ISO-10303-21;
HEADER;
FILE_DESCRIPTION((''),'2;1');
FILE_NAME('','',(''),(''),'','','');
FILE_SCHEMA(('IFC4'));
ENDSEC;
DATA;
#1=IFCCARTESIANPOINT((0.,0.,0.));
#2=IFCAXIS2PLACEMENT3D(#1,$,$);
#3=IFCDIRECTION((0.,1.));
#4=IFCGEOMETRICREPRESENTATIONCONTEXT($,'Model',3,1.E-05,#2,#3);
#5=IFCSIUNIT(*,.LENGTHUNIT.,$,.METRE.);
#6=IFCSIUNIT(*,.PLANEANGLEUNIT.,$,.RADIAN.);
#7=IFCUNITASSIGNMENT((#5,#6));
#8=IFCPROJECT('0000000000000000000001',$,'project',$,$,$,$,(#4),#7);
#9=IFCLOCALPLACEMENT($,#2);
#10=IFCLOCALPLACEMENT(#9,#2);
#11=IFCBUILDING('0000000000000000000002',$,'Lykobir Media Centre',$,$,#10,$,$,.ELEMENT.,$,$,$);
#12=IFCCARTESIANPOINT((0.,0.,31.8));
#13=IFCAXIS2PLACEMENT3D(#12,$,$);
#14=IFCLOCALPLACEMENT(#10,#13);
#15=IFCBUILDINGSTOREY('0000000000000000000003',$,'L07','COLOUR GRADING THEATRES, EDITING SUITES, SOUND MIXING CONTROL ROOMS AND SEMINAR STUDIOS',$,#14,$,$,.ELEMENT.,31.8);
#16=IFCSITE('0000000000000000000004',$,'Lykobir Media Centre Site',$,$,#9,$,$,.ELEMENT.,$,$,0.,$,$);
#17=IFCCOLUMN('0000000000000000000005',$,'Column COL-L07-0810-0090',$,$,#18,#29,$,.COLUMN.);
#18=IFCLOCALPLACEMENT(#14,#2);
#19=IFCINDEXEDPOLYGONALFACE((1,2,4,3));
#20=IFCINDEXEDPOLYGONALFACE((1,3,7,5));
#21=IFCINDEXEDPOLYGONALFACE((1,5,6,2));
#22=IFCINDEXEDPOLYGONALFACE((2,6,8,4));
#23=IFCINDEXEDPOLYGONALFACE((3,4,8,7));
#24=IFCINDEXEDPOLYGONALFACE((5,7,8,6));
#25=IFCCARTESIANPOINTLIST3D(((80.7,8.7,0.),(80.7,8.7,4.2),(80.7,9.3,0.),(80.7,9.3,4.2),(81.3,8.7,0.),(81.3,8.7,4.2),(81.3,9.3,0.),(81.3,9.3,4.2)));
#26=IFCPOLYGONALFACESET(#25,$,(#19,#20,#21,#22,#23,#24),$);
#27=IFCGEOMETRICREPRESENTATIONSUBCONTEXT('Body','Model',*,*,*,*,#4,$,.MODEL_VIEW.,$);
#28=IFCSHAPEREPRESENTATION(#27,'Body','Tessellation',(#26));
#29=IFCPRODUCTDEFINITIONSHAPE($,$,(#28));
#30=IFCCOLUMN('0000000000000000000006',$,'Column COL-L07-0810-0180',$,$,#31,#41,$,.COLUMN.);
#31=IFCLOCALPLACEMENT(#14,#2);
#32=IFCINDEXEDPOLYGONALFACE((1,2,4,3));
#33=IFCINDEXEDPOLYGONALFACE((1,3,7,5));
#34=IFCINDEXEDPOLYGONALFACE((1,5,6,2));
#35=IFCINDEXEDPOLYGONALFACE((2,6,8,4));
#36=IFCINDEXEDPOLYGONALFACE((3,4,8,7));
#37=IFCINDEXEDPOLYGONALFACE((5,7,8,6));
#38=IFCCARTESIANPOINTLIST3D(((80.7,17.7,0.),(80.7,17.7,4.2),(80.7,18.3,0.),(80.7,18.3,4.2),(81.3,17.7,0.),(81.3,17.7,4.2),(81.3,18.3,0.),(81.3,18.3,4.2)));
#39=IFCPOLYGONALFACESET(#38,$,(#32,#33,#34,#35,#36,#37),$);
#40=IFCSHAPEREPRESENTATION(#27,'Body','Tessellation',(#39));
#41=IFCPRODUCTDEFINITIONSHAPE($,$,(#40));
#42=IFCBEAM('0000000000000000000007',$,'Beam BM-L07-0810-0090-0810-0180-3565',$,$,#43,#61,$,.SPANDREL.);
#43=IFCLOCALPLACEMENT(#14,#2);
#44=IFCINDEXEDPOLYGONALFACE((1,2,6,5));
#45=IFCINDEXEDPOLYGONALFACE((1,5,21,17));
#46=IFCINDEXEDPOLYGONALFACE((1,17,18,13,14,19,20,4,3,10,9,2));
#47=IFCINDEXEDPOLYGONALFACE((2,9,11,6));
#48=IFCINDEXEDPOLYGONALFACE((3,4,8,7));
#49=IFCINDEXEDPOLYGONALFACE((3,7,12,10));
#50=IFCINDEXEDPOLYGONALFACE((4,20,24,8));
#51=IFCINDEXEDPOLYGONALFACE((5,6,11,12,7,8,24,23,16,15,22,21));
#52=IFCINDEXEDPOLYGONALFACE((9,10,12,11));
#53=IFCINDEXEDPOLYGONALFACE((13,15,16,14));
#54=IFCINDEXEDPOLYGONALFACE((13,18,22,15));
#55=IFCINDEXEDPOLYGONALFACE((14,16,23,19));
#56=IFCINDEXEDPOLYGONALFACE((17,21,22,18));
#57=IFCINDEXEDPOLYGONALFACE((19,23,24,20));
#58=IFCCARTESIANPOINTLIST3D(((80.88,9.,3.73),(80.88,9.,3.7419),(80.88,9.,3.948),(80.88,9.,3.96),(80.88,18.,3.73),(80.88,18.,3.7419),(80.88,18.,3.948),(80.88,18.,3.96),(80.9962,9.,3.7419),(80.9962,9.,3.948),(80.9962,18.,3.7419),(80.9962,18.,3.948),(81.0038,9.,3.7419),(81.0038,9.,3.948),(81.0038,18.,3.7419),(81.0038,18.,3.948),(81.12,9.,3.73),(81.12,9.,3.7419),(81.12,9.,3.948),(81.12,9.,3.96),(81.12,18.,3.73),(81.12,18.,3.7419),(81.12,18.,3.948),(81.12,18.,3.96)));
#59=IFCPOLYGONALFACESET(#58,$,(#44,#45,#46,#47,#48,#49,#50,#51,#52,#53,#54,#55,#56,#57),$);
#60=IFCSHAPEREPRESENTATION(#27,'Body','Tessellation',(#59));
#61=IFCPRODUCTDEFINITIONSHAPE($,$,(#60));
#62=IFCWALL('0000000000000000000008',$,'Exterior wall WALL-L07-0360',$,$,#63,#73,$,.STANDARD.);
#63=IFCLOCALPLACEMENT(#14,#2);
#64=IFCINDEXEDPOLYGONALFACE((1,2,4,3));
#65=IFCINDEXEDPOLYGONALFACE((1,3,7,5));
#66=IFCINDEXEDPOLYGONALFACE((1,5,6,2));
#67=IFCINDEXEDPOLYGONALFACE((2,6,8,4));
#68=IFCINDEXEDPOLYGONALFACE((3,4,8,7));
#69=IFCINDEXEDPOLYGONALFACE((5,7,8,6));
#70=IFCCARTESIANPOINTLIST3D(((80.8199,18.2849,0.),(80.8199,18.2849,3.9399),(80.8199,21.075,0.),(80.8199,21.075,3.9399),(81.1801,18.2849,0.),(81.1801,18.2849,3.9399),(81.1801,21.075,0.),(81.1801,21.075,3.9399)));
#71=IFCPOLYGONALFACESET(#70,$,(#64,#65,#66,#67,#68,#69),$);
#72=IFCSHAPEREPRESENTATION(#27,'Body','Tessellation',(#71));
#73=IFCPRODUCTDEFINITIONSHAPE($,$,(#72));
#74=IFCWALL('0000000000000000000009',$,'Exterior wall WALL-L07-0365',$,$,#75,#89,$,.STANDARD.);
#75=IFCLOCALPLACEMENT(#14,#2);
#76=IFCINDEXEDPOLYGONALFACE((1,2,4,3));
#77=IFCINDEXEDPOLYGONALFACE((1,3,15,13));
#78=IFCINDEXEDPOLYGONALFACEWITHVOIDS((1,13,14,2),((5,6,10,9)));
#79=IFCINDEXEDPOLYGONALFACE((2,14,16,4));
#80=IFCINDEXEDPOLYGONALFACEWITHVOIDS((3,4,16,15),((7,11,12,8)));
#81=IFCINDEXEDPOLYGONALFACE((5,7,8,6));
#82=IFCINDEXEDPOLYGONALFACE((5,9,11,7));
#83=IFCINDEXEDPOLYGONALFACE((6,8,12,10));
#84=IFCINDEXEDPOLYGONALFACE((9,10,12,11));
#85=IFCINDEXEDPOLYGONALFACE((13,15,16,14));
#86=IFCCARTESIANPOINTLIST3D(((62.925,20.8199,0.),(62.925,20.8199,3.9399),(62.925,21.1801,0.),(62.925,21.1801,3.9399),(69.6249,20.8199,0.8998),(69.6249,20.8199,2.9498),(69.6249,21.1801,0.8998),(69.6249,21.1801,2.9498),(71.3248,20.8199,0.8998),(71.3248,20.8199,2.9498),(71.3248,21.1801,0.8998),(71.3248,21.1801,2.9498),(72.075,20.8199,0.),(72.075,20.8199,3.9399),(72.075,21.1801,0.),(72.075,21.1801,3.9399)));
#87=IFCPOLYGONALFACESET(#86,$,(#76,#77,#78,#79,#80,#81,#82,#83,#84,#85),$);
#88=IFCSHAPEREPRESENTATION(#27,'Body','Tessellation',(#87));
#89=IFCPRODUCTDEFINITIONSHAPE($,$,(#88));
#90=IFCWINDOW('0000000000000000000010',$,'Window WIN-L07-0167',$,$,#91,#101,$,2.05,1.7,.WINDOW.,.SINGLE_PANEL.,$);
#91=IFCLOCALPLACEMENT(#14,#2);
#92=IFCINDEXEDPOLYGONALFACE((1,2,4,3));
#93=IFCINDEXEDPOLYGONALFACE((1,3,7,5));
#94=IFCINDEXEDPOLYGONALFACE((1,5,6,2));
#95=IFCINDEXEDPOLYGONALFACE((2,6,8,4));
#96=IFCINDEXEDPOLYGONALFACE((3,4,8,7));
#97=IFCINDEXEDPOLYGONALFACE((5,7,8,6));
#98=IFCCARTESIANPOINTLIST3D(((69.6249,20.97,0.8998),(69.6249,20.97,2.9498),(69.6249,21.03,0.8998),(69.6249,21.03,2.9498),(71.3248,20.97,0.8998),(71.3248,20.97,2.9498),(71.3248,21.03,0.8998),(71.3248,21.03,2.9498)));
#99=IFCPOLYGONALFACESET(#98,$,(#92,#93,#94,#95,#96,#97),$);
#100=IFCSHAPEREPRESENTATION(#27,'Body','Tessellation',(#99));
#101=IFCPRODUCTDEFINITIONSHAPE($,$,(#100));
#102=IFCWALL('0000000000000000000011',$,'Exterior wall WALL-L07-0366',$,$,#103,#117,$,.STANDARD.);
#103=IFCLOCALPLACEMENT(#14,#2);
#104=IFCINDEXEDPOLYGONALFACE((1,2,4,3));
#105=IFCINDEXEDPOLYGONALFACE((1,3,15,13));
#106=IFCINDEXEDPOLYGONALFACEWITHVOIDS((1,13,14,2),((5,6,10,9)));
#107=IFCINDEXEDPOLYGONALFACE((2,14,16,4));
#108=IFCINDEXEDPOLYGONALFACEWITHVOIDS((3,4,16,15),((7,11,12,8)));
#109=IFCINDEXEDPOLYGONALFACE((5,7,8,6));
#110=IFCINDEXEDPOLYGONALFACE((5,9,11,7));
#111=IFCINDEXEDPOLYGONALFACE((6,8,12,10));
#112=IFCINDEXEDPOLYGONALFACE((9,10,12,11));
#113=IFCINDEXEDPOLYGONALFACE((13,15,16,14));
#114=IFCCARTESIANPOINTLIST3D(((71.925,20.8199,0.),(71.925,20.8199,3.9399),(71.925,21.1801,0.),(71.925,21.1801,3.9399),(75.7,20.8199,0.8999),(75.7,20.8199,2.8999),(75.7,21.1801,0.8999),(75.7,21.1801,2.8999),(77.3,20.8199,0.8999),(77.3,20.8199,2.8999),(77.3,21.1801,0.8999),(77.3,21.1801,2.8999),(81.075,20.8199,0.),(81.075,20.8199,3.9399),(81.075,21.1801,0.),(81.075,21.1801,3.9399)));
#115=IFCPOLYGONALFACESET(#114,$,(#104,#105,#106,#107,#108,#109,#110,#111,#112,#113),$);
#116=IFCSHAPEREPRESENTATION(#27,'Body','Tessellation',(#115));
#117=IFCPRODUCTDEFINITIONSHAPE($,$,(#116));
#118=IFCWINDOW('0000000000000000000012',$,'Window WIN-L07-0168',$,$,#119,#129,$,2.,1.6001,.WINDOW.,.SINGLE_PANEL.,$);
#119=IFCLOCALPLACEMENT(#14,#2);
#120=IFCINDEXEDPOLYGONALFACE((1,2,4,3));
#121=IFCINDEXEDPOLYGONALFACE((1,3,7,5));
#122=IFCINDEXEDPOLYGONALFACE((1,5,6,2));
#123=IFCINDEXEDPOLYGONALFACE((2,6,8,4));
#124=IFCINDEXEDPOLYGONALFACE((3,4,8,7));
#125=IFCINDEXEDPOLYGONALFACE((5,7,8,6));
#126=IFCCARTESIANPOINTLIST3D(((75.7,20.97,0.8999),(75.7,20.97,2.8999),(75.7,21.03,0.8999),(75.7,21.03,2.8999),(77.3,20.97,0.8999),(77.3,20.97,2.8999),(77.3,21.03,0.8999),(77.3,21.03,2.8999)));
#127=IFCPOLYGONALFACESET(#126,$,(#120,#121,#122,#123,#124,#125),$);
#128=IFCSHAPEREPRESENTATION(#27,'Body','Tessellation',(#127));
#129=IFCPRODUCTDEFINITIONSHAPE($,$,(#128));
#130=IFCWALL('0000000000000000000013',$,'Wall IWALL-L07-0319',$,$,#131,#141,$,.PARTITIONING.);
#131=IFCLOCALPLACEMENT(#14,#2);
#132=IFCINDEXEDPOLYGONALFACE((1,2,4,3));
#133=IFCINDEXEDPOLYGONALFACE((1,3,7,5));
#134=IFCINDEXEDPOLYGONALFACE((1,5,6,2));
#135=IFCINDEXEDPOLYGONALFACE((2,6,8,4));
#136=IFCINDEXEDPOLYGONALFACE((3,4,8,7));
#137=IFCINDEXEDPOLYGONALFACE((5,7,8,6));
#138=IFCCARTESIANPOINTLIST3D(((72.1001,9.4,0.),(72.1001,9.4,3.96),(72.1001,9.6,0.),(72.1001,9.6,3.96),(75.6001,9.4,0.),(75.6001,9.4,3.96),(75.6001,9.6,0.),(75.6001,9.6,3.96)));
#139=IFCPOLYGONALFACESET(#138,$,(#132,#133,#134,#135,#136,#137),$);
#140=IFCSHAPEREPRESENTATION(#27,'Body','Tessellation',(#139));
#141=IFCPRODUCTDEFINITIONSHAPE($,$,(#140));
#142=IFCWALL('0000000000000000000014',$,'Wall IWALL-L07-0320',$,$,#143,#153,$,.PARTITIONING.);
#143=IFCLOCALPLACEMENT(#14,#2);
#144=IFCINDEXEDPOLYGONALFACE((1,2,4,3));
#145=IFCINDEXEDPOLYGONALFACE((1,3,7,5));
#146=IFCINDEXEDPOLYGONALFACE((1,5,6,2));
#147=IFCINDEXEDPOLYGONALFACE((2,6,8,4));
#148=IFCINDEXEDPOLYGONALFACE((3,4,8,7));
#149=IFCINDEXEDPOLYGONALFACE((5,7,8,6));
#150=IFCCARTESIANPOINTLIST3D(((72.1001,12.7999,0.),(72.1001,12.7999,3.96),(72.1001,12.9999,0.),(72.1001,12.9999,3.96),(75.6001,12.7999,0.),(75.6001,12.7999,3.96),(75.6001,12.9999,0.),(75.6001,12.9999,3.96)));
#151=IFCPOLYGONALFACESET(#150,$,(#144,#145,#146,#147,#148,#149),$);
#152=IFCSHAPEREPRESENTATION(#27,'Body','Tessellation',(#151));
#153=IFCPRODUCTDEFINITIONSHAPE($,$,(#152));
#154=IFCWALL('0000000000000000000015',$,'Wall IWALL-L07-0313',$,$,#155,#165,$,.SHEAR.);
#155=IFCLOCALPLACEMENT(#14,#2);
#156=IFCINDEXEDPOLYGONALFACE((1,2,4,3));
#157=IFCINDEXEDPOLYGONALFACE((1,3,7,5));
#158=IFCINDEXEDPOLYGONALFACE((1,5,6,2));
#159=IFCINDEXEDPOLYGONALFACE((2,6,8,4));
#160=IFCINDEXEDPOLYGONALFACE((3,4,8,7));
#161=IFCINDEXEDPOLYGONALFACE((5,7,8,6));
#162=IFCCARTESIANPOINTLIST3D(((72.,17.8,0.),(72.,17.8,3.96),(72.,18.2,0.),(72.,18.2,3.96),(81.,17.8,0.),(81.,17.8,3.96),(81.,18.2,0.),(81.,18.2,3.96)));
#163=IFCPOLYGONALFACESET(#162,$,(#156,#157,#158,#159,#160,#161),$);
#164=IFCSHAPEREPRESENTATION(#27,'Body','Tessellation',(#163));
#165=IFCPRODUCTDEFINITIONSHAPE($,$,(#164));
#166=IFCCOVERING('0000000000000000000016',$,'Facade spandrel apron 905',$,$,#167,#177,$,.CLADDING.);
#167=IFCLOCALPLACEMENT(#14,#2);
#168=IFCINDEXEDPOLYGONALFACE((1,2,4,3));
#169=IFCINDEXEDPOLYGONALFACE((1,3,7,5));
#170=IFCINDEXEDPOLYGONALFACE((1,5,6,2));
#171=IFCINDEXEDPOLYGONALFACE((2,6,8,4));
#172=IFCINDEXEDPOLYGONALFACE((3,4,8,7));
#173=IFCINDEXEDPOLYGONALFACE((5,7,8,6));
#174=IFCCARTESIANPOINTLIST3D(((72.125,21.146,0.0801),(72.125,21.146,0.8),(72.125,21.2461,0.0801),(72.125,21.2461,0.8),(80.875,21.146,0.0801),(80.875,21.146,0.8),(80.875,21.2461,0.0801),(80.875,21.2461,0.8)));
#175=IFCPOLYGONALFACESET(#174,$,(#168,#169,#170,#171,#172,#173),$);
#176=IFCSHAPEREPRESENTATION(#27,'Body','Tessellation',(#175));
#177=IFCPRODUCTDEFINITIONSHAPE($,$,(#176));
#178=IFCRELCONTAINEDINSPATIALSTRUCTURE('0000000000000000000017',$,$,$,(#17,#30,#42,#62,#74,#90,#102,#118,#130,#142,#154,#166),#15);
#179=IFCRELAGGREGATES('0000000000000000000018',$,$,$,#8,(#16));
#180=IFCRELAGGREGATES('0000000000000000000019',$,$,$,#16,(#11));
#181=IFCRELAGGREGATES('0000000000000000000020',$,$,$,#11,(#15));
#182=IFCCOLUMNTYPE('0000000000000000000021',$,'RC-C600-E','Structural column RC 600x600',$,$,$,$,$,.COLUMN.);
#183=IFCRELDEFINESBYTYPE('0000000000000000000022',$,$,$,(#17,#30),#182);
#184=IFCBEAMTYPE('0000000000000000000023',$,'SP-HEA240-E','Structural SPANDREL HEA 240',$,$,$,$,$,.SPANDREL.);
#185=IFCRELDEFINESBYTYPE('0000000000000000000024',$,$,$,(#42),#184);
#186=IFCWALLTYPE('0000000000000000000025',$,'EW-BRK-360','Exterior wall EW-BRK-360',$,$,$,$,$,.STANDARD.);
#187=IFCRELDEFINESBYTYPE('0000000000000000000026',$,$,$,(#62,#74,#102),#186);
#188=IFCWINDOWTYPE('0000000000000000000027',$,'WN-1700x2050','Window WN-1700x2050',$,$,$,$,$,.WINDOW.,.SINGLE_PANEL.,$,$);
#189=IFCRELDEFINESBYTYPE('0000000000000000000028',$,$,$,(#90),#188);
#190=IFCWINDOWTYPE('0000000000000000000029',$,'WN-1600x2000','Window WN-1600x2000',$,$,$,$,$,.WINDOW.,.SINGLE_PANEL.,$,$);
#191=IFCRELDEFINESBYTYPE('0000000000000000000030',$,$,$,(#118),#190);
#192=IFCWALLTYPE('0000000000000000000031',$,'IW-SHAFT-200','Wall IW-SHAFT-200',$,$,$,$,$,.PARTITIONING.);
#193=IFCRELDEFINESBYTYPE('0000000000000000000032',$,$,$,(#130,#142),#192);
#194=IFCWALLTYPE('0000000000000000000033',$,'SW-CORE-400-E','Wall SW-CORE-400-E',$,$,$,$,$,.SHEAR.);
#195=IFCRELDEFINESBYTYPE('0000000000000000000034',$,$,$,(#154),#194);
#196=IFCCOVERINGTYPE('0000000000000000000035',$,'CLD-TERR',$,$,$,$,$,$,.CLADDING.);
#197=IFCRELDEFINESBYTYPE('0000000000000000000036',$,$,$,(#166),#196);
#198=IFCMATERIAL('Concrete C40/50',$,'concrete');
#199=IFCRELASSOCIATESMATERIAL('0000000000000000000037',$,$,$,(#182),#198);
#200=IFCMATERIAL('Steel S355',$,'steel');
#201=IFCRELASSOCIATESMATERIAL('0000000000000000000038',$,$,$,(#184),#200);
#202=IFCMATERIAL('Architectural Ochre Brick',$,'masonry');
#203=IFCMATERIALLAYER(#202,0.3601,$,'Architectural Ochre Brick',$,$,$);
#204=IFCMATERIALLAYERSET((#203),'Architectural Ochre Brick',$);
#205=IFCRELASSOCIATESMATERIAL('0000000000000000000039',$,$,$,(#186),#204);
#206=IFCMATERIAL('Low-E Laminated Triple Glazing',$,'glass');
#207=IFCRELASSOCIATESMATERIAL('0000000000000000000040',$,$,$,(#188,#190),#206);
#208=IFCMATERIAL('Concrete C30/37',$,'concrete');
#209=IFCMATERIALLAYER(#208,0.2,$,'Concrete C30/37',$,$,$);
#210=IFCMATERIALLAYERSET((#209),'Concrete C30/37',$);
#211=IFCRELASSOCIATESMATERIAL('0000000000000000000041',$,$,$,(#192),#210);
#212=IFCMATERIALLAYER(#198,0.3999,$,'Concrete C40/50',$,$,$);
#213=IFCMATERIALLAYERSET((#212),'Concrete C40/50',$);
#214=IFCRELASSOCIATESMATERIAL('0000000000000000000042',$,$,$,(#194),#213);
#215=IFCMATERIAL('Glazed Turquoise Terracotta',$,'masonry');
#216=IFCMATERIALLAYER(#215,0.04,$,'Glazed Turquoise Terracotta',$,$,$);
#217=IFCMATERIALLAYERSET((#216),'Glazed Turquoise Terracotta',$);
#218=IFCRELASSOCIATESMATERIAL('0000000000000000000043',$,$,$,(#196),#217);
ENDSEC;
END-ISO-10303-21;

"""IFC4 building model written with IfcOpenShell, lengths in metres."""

from ifc_helpers import new_model, si_unit, direction, frame, frame_2d, origin, origin_2d, place, context, subcontext, project, spatial, rectangle, i_section, extrude, material, layer, layer_set, material_profile, profile_set, type_object, element, fill, save


model = new_model("IFC4")

# Units and contexts
model_context = context("Model", 3, precision=1e-05, world=origin(), true_north=direction((0.0, 1.0)))
body_context = subcontext(model_context, "Body", "Model", "MODEL_VIEW")
ifc_project = project(units=[si_unit("LENGTHUNIT", "METRE"), si_unit("PLANEANGLEUNIT", "RADIAN")], contexts=[model_context])

# Site, building, storey
site_placement = place(None, origin())
site = spatial("IfcSite", under=ifc_project, at=site_placement, Name="Lykobir Media Centre Site", CompositionType="ELEMENT", RefElevation=0.0)
building_placement = place(site_placement, origin())
building = spatial("IfcBuilding", under=site, at=building_placement, Name="Lykobir Media Centre", CompositionType="ELEMENT")
storey_placement = place(building_placement, frame((0.0, 0.0, 31.8)))
storey = spatial("IfcBuildingStorey", under=building, at=storey_placement, Name="L07", Description="COLOUR GRADING THEATRES, EDITING SUITES, SOUND MIXING CONTROL ROOMS AND SEMINAR STUDIOS", CompositionType="ELEMENT", Elevation=31.8)

# Columns
ifc_material_1 = material(Name="Concrete C40/50", Category="concrete")
ifc_material_profile_1 = material_profile(ifc_material_1, rectangle(XDim=0.6001, YDim=0.6001, at=origin_2d()), Name="RC 600x600")
ifc_profile_set_1 = profile_set([ifc_material_profile_1], Name="Concrete C40/50")
column_type = type_object("IfcColumnType", Name="RC-C600-E", Description="Structural column RC 600x600", PredefinedType="COLUMN", material=ifc_profile_set_1)
for number, where, z_axis, x_axis, name in (
    (1, (81.0, 9.0, 0.0), (0.0, 0.0, 1.0), (1.0, 0.0, 0.0), "Column COL-L07-0810-0090"),
    (2, (81.0, 18.0, 0.0), (0.0, 0.0, 1.0), (1.0, 0.0, 0.0), "Column COL-L07-0810-0180"),
):
    element("IfcColumn", number, at=place(storey_placement, frame(where, z_axis=z_axis, x_axis=x_axis)), inside=storey, type_object=column_type, Name=name, PredefinedType="COLUMN", context=body_context, shape_type="SweptSolid", body=[
        extrude(rectangle(XDim=0.6001, YDim=0.6001, at=origin_2d()), origin(), (0.0, 0.0, 1.0), 4.2),
    ])

# Beam
ifc_material_2 = material(Name="Steel S355", Category="steel")
ifc_material_profile_2 = material_profile(ifc_material_2, i_section(OverallWidth=0.24, OverallDepth=0.23, WebThickness=0.0076, FlangeThickness=0.012, at=origin_2d()), Name="HEA 240")
ifc_profile_set_2 = profile_set([ifc_material_profile_2], Name="Steel S355")
beam_type = type_object("IfcBeamType", Name="SP-HEA240-E", Description="Structural SPANDREL HEA 240", PredefinedType="SPANDREL", material=ifc_profile_set_2)
beam_placement = place(storey_placement, frame((81.0, 9.0, 3.845), z_axis=(0.0, 1.0, 0.0), x_axis=(-1.0, 0.0, 0.0)))
element("IfcBeam", 3, at=beam_placement, inside=storey, type_object=beam_type, Name="Beam BM-L07-0810-0090-0810-0180-3565", PredefinedType="SPANDREL", context=body_context, shape_type="SweptSolid", body=[
    extrude(i_section(OverallWidth=0.24, OverallDepth=0.23, WebThickness=0.0076, FlangeThickness=0.012, at=origin_2d()), origin(), (0.0, 0.0, 1.0), 9.0),
])

# Wall
ifc_material_3 = material(Name="Architectural Ochre Brick", Category="masonry")
ifc_layer_1 = layer(ifc_material_3, 0.3601, Name="Architectural Ochre Brick")
ifc_layer_set_1 = layer_set([ifc_layer_1], Name="Architectural Ochre Brick")
wall_type_1 = type_object("IfcWallType", Name="EW-BRK-360", Description="Exterior wall EW-BRK-360", PredefinedType="STANDARD", material=ifc_layer_set_1)
wall_1_placement = place(storey_placement, frame((81.0, 18.2849, 0.0), z_axis=(0.0, 0.0, 1.0), x_axis=(0.0, 1.0, 0.0)))
element("IfcWall", 4, at=wall_1_placement, inside=storey, type_object=wall_type_1, Name="Exterior wall WALL-L07-0360", PredefinedType="STANDARD", context=body_context, shape_type="SweptSolid", body=[
    extrude(rectangle(XDim=2.79, YDim=0.3601, at=frame_2d((1.395, 0.0))), origin(), (0.0, 0.0, 1.0), 3.9399),
])

# Walls, openings, windows
wall_2_placement = place(storey_placement, frame((72.075, 21.0, 0.0), z_axis=(0.0, 0.0, 1.0), x_axis=(-1.0, 0.0, 0.0)))
wall_2 = element("IfcWall", 5, at=wall_2_placement, inside=storey, type_object=wall_type_1, Name="Exterior wall WALL-L07-0365", PredefinedType="STANDARD", context=body_context, shape_type="SweptSolid", body=[
    extrude(rectangle(XDim=9.1499, YDim=0.3601, at=frame_2d((4.575, 0.0))), origin(), (0.0, 0.0, 1.0), 3.9399),
])
opening_1_placement = place(wall_2_placement, frame((0.75, 0.0, 0.8999)))
opening_1 = element("IfcOpeningElement", 6, at=opening_1_placement, cuts=wall_2, PredefinedType="OPENING", context=body_context, shape_type="SweptSolid", body=[
    extrude(rectangle(XDim=1.7, YDim=2.05, at=frame_2d((0.8501, 1.0249))), frame((0.0, 0.1899, 0.0), z_axis=(0.0, -1.0, 0.0), x_axis=(1.0, 0.0, 0.0)), (0.0, 0.0, 1.0), 0.3801),
])
ifc_material_4 = material(Name="Low-E Laminated Triple Glazing", Category="glass")
window_type_1 = type_object("IfcWindowType", Name="WN-1700x2050", Description="Window WN-1700x2050", PartitioningType="SINGLE_PANEL", PredefinedType="WINDOW", material=ifc_material_4)
window_1_placement = place(opening_1_placement, origin())
window_1 = element("IfcWindow", 7, at=window_1_placement, inside=storey, type_object=window_type_1, Name="Window WIN-L07-0167", OverallHeight=2.05, OverallWidth=1.7, PartitioningType="SINGLE_PANEL", PredefinedType="WINDOW", context=body_context, shape_type="SweptSolid", body=[
    extrude(rectangle(XDim=1.7, YDim=2.05, at=frame_2d((0.8501, 1.0249))), frame((0.0, 0.03, 0.0), z_axis=(0.0, -1.0, 0.0), x_axis=(1.0, 0.0, 0.0)), (0.0, 0.0, 1.0), 0.0601),
])
fill(opening_1, window_1)
wall_3_placement = place(storey_placement, frame((81.075, 21.0, 0.0), z_axis=(0.0, 0.0, 1.0), x_axis=(-1.0, 0.0, 0.0)))
wall_3 = element("IfcWall", 8, at=wall_3_placement, inside=storey, type_object=wall_type_1, Name="Exterior wall WALL-L07-0366", PredefinedType="STANDARD", context=body_context, shape_type="SweptSolid", body=[
    extrude(rectangle(XDim=9.1499, YDim=0.3601, at=frame_2d((4.575, 0.0))), origin(), (0.0, 0.0, 1.0), 3.9399),
])
opening_2_placement = place(wall_3_placement, frame((3.7749, 0.0, 0.8999)))
opening_2 = element("IfcOpeningElement", 9, at=opening_2_placement, cuts=wall_3, PredefinedType="OPENING", context=body_context, shape_type="SweptSolid", body=[
    extrude(rectangle(XDim=1.6001, YDim=2.0, at=frame_2d((0.8, 1.0))), frame((0.0, 0.1899, 0.0), z_axis=(0.0, -1.0, 0.0), x_axis=(1.0, 0.0, 0.0)), (0.0, 0.0, 1.0), 0.3801),
])
window_type_2 = type_object("IfcWindowType", Name="WN-1600x2000", Description="Window WN-1600x2000", PartitioningType="SINGLE_PANEL", PredefinedType="WINDOW", material=ifc_material_4)
window_2_placement = place(opening_2_placement, origin())
window_2 = element("IfcWindow", 10, at=window_2_placement, inside=storey, type_object=window_type_2, Name="Window WIN-L07-0168", OverallHeight=2.0, OverallWidth=1.6001, PartitioningType="SINGLE_PANEL", PredefinedType="WINDOW", context=body_context, shape_type="SweptSolid", body=[
    extrude(rectangle(XDim=1.6001, YDim=2.0, at=frame_2d((0.8, 1.0))), frame((0.0, 0.03, 0.0), z_axis=(0.0, -1.0, 0.0), x_axis=(1.0, 0.0, 0.0)), (0.0, 0.0, 1.0), 0.0601),
])
fill(opening_2, window_2)

# Walls
ifc_material_5 = material(Name="Concrete C30/37", Category="concrete")
ifc_layer_2 = layer(ifc_material_5, 0.2, Name="Concrete C30/37")
ifc_layer_set_2 = layer_set([ifc_layer_2], Name="Concrete C30/37")
wall_type_2 = type_object("IfcWallType", Name="IW-SHAFT-200", Description="Wall IW-SHAFT-200", PredefinedType="PARTITIONING", material=ifc_layer_set_2)
for number, where, z_axis, x_axis, name in (
    (11, (72.1001, 9.5, 0.0), (0.0, 0.0, 1.0), (1.0, 0.0, 0.0), "Wall IWALL-L07-0319"),
    (12, (72.1001, 12.8999, 0.0), (0.0, 0.0, 1.0), (1.0, 0.0, 0.0), "Wall IWALL-L07-0320"),
):
    element("IfcWall", number, at=place(storey_placement, frame(where, z_axis=z_axis, x_axis=x_axis)), inside=storey, type_object=wall_type_2, Name=name, PredefinedType="PARTITIONING", context=body_context, shape_type="SweptSolid", body=[
        extrude(rectangle(XDim=3.5, YDim=0.2, at=frame_2d((1.75, 0.0))), origin(), (0.0, 0.0, 1.0), 3.96),
    ])
ifc_layer_3 = layer(ifc_material_1, 0.3999, Name="Concrete C40/50")
ifc_layer_set_3 = layer_set([ifc_layer_3], Name="Concrete C40/50")
wall_type_3 = type_object("IfcWallType", Name="SW-CORE-400-E", Description="Wall SW-CORE-400-E", PredefinedType="SHEAR", material=ifc_layer_set_3)
wall_4_placement = place(storey_placement, frame((81.0, 18.0, 0.0), z_axis=(0.0, 0.0, 1.0), x_axis=(-1.0, 0.0, 0.0)))
element("IfcWall", 13, at=wall_4_placement, inside=storey, type_object=wall_type_3, Name="Wall IWALL-L07-0313", PredefinedType="SHEAR", context=body_context, shape_type="SweptSolid", body=[
    extrude(rectangle(XDim=9.0, YDim=0.3999, at=frame_2d((4.5, 0.0))), origin(), (0.0, 0.0, 1.0), 3.96),
])

# Covering
ifc_material_6 = material(Name="Glazed Turquoise Terracotta", Category="masonry")
ifc_layer_4 = layer(ifc_material_6, 0.04, Name="Glazed Turquoise Terracotta")
ifc_layer_set_4 = layer_set([ifc_layer_4], Name="Glazed Turquoise Terracotta")
covering_type_1 = type_object("IfcCoveringType", Name="CLD-TERR", PredefinedType="CLADDING", material=ifc_layer_set_4)
covering_1_placement = place(storey_placement, frame((76.5, 21.196, 0.0801), z_axis=(0.0, 0.0, 1.0), x_axis=(-1.0, 0.0, 0.0)))
element("IfcCovering", 14, at=covering_1_placement, inside=storey, type_object=covering_type_1, Name="Facade spandrel apron 905", PredefinedType="CLADDING", context=body_context, shape_type="SweptSolid", body=[
    extrude(rectangle(XDim=8.75, YDim=0.1001, at=origin_2d()), origin(), (0.0, 0.0, 1.0), 0.72),
])

save(model, "model.ifc")
